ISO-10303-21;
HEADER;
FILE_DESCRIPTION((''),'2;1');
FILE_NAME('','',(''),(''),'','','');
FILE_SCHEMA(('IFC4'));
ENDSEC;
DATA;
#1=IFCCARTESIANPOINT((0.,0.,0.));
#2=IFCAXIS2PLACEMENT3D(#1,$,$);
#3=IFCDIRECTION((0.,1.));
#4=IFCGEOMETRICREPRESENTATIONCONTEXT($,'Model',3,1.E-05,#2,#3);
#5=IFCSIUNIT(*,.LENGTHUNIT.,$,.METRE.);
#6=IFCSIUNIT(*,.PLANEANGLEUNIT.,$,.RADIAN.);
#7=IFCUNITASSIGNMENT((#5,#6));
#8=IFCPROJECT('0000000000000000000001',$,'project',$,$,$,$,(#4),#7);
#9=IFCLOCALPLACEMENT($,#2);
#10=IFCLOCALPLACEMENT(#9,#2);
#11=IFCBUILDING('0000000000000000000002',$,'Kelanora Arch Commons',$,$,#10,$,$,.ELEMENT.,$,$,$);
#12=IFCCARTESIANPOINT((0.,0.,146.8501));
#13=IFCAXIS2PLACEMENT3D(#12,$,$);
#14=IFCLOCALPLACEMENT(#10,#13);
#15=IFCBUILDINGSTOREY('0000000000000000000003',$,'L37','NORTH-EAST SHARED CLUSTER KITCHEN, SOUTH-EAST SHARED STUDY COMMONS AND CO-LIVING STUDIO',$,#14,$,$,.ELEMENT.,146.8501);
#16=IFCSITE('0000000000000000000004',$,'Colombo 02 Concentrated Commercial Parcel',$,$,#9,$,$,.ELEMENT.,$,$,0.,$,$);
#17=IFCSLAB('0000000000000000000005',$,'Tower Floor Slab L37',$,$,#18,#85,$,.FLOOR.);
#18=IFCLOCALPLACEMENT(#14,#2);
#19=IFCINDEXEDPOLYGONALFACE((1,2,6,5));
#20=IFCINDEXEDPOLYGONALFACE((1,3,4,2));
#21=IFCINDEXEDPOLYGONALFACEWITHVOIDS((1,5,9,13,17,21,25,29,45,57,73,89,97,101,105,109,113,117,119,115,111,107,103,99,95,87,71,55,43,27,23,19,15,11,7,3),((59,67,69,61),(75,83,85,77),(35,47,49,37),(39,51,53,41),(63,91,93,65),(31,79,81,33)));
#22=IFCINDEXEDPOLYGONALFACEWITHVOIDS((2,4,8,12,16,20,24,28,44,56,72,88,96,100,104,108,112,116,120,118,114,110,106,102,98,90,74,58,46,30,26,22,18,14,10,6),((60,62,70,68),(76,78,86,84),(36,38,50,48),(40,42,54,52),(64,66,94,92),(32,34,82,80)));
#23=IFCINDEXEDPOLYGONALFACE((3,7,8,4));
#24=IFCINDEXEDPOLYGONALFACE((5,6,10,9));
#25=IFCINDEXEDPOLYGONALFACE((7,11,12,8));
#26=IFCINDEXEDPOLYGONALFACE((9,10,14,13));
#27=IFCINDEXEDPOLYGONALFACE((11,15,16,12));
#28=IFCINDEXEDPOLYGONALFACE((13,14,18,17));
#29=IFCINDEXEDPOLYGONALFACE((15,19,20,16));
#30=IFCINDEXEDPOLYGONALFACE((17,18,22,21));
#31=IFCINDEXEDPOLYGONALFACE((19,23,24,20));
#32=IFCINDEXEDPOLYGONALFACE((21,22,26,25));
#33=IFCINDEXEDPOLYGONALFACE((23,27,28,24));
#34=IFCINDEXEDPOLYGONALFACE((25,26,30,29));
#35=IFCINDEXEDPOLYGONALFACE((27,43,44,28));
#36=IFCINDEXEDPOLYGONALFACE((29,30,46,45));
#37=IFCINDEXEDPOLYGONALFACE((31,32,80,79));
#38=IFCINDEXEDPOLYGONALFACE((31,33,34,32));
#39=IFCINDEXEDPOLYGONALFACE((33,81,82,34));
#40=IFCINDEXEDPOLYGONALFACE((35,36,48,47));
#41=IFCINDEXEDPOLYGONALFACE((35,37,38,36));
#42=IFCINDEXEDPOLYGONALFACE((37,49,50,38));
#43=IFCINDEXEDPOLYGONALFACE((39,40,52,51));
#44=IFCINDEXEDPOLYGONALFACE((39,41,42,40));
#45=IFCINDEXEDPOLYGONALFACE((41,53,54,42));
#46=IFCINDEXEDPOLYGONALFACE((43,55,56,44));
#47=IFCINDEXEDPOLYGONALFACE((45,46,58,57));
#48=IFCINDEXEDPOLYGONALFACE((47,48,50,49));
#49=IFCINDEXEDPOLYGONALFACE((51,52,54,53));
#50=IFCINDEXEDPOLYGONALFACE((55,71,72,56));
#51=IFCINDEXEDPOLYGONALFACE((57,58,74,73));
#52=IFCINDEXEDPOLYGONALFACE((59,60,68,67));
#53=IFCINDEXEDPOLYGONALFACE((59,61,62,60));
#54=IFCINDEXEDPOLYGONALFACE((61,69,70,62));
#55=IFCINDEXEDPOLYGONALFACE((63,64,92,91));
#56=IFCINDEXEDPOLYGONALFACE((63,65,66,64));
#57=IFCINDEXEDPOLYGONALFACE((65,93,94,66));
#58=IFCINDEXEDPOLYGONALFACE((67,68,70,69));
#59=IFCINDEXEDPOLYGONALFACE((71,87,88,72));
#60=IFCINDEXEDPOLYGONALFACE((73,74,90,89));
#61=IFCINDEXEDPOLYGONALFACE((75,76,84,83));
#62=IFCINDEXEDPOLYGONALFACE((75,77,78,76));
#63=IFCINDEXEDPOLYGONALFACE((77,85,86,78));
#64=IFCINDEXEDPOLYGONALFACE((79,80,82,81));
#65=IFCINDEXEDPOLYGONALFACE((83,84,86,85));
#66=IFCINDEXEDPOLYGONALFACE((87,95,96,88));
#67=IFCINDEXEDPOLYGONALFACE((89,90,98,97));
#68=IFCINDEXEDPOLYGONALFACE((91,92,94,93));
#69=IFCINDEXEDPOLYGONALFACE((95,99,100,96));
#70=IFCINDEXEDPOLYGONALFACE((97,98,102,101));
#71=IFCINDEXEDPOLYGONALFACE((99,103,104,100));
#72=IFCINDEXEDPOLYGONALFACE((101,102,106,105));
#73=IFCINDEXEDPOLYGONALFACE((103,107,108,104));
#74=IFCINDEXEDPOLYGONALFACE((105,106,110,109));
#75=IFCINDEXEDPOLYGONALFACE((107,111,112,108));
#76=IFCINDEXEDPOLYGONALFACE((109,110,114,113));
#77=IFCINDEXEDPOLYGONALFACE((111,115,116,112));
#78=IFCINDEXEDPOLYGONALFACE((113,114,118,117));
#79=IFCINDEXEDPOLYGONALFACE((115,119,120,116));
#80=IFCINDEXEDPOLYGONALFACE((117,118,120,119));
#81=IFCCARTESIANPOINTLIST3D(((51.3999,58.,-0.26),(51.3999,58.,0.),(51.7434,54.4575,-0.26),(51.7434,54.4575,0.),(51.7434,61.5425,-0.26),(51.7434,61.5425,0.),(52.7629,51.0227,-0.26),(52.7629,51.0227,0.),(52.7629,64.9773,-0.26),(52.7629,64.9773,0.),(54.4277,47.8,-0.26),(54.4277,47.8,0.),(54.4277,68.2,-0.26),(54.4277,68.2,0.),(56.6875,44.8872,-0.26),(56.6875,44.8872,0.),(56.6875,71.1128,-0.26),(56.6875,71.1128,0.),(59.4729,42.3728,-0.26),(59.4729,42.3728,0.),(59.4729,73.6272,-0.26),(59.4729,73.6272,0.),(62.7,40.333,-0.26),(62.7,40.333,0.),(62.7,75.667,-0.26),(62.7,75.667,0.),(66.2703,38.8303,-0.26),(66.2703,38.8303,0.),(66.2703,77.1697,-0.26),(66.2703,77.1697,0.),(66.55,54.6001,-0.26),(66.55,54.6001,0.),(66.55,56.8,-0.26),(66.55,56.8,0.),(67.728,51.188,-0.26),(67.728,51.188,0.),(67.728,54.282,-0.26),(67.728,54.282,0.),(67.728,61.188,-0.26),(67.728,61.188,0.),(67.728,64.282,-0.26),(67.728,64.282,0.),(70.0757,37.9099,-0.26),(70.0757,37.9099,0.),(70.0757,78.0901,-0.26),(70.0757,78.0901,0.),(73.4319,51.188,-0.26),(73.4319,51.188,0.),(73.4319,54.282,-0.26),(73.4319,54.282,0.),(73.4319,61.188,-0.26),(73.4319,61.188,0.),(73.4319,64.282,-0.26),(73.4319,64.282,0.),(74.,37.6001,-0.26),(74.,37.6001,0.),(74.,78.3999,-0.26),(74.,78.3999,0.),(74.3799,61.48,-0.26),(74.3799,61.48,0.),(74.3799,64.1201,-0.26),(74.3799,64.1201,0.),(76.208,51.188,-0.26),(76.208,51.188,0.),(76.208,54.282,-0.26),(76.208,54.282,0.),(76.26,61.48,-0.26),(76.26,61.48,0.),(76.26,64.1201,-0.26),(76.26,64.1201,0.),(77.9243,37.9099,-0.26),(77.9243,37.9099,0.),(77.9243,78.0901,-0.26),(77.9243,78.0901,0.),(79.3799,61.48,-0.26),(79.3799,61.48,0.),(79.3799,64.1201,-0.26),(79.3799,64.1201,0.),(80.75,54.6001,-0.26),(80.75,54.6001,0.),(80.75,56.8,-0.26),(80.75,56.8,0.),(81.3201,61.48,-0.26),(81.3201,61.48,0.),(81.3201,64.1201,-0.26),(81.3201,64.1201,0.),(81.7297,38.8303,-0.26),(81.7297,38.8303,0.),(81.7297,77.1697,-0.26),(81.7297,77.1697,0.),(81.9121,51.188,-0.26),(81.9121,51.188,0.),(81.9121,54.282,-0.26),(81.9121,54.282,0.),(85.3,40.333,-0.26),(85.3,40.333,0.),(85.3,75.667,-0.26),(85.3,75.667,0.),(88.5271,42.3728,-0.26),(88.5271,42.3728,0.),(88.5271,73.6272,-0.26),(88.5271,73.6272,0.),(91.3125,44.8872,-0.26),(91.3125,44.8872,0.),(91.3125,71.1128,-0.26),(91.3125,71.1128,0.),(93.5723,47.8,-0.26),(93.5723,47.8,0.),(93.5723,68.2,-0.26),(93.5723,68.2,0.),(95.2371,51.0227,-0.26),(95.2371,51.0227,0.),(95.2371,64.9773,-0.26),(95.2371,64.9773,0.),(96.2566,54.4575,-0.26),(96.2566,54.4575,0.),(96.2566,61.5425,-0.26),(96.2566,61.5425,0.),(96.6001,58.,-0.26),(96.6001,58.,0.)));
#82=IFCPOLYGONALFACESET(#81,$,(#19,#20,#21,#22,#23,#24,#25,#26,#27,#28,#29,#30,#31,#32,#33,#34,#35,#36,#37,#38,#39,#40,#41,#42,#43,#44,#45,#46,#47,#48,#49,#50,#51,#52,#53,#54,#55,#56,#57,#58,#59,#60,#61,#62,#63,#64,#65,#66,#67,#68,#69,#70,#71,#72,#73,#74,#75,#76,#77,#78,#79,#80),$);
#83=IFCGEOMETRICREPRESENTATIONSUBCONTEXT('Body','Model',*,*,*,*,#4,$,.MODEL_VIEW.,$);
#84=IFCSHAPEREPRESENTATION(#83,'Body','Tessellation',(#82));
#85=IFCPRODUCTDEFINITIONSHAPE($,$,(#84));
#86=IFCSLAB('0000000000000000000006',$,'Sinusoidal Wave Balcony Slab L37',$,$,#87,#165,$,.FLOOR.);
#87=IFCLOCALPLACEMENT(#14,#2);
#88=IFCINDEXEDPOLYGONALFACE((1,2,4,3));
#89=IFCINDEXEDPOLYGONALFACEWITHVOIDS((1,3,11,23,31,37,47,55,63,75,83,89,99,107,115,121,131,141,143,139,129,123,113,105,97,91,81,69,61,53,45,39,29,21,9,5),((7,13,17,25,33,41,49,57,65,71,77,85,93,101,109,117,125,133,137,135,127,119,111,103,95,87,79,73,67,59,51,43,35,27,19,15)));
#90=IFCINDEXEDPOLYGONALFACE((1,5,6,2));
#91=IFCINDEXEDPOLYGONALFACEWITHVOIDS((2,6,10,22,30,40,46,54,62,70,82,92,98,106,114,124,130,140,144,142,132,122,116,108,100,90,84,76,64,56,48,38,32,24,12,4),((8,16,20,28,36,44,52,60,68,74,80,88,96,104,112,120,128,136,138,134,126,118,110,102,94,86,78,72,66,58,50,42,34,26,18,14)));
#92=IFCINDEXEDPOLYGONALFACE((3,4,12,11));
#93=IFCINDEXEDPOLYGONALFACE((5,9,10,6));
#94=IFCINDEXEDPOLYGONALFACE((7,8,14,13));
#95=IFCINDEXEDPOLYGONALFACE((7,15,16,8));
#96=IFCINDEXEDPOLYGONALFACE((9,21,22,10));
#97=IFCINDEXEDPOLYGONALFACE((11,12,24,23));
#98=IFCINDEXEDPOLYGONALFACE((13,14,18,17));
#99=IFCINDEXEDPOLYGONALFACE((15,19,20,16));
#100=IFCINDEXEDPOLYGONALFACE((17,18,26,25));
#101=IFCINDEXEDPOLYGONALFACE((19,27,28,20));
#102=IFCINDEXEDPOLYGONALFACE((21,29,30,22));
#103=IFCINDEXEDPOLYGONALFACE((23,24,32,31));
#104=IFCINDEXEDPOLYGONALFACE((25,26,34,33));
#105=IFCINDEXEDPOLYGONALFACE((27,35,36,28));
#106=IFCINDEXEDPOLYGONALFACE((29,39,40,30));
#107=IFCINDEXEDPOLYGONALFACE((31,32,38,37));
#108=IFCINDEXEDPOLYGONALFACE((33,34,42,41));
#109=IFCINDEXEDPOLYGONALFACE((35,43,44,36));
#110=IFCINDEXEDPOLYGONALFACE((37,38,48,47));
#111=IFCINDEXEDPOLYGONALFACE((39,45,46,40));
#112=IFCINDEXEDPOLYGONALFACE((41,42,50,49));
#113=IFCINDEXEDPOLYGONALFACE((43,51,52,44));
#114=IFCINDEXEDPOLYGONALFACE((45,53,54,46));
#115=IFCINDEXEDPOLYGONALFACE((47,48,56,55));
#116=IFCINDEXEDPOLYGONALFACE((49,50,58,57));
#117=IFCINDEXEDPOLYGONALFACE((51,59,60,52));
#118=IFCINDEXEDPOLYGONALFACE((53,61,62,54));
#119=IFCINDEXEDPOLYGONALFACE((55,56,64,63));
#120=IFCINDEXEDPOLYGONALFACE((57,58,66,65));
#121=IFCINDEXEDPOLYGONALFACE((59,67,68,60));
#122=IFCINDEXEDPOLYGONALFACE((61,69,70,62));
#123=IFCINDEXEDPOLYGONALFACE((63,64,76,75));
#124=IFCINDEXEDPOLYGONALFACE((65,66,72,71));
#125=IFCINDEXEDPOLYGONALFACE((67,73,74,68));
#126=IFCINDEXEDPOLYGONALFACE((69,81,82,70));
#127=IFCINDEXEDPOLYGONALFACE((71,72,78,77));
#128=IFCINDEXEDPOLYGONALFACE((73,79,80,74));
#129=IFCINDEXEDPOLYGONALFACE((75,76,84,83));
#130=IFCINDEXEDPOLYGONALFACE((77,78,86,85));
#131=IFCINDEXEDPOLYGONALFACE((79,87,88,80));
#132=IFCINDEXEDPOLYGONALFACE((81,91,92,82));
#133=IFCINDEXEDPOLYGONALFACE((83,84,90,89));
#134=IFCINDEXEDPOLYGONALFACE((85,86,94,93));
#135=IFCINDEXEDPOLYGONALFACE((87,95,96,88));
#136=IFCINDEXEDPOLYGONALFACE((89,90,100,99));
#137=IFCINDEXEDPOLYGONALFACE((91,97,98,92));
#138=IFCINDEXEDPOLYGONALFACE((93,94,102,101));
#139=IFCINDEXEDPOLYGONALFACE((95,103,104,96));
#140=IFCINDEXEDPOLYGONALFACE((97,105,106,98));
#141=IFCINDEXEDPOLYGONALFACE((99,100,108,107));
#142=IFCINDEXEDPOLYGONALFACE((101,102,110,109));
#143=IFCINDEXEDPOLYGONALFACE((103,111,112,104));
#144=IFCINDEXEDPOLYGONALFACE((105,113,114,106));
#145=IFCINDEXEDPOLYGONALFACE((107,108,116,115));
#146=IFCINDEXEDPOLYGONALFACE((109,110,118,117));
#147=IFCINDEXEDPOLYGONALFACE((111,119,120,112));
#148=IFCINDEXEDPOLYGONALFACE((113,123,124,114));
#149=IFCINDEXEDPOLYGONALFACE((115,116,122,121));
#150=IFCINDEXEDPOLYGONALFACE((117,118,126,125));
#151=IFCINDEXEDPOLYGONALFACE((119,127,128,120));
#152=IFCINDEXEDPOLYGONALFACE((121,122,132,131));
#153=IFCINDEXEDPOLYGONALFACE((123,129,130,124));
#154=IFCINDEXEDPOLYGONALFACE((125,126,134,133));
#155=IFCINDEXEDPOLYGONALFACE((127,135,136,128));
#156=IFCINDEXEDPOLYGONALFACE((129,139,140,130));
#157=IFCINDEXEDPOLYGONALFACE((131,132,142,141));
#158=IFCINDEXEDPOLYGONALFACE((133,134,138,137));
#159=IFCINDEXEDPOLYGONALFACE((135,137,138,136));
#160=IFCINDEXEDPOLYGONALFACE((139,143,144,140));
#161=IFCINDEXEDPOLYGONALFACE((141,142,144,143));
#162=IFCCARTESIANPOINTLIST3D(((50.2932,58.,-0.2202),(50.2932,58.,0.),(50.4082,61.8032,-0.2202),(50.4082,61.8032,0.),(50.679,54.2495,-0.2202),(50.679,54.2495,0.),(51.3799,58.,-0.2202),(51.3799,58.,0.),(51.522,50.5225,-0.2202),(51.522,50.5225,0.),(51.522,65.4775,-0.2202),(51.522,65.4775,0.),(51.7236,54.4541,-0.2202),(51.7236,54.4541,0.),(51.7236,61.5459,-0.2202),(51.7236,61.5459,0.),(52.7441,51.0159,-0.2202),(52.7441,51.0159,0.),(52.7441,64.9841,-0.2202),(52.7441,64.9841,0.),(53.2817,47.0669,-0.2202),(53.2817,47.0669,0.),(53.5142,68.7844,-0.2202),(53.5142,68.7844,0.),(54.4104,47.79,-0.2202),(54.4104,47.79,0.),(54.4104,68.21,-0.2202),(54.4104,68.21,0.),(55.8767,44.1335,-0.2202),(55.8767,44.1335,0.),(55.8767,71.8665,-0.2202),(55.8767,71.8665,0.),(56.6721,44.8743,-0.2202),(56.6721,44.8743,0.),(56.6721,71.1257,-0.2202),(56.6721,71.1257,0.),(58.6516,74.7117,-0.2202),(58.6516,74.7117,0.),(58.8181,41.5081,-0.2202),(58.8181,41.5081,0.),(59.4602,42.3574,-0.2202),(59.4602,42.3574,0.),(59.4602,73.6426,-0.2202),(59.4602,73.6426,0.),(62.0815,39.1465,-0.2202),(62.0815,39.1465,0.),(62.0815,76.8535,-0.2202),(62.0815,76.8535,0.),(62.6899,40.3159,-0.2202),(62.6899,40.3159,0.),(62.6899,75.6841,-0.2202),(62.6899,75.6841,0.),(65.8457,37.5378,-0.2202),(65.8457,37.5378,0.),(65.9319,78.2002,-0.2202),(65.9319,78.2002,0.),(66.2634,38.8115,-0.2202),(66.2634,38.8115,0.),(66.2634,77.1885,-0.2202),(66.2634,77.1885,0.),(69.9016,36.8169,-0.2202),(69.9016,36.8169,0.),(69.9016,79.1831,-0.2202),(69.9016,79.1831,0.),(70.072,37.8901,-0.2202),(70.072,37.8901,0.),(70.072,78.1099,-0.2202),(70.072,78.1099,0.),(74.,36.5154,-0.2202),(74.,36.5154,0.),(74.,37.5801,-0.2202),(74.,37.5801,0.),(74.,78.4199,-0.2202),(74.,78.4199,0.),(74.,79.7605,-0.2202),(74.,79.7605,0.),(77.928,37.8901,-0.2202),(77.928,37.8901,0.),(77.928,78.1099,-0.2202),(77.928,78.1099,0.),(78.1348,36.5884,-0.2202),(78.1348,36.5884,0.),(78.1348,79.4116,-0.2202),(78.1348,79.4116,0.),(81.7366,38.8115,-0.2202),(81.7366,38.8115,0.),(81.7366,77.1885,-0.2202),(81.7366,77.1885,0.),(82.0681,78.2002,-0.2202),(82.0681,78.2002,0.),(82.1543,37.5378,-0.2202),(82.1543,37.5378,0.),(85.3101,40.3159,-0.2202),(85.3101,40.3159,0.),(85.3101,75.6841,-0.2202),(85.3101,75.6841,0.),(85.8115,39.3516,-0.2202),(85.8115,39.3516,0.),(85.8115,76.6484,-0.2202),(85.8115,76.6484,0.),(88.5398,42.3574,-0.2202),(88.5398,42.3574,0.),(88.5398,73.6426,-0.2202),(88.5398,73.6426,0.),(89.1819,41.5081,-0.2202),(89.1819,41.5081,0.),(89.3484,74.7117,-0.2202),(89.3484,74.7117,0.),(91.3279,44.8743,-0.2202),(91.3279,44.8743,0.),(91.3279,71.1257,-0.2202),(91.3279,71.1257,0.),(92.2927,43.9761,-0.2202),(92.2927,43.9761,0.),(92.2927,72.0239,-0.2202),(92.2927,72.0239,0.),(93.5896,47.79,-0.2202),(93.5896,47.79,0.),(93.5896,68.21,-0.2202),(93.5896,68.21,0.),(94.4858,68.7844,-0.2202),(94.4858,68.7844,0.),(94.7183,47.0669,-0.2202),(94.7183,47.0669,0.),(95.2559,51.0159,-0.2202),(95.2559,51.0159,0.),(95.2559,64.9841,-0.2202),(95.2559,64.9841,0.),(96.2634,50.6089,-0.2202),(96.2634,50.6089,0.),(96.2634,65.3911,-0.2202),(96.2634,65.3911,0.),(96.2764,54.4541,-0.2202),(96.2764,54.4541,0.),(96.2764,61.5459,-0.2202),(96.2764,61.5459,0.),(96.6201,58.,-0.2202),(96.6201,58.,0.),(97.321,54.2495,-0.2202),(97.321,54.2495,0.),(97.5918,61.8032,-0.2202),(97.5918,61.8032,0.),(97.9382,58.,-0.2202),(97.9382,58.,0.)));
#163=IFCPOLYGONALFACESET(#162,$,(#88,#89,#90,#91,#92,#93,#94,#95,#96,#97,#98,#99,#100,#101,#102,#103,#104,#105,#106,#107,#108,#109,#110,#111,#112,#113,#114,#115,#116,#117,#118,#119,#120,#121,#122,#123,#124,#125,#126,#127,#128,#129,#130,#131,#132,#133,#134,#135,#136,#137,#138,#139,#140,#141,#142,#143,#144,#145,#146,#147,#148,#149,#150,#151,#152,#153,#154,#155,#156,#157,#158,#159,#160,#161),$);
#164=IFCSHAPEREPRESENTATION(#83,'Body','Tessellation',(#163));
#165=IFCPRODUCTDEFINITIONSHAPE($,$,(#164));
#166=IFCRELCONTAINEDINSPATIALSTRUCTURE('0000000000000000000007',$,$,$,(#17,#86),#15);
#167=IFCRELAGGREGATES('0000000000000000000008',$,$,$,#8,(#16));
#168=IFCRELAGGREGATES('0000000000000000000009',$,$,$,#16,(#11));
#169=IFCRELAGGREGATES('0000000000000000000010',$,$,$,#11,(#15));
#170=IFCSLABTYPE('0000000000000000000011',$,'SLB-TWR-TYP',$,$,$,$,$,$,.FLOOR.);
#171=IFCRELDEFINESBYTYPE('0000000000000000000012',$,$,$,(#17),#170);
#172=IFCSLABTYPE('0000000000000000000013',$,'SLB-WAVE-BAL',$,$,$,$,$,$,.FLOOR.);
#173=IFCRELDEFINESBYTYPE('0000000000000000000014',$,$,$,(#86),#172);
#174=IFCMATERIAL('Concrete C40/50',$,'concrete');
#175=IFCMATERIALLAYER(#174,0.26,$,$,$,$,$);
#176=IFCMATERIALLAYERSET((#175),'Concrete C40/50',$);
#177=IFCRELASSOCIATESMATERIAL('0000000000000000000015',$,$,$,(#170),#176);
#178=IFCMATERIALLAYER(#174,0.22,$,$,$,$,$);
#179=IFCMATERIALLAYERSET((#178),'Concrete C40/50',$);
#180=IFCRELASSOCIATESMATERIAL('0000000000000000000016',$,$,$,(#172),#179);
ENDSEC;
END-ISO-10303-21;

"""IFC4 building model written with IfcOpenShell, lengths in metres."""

from ifc_helpers import new_model, si_unit, direction, frame, origin, place, context, subcontext, project, spatial, polyline, outline, extrude, material, layer, layer_set, type_object, element, save


model = new_model("IFC4")

# Units and contexts
model_context = context("Model", 3, precision=1e-05, world=origin(), true_north=direction((0.0, 1.0)))
body_context = subcontext(model_context, "Body", "Model", "MODEL_VIEW")
ifc_project = project(units=[si_unit("LENGTHUNIT", "METRE"), si_unit("PLANEANGLEUNIT", "RADIAN")], contexts=[model_context])

# Site, building, storey
site_placement = place(None, origin())
site = spatial("IfcSite", under=ifc_project, at=site_placement, Name="Colombo 02 Concentrated Commercial Parcel", CompositionType="ELEMENT", RefElevation=0.0)
building_placement = place(site_placement, origin())
building = spatial("IfcBuilding", under=site, at=building_placement, Name="Kelanora Arch Commons", CompositionType="ELEMENT")
storey_placement = place(building_placement, frame((0.0, 0.0, 146.8501)))
storey = spatial("IfcBuildingStorey", under=building, at=storey_placement, Name="L37", Description="NORTH-EAST SHARED CLUSTER KITCHEN, SOUTH-EAST SHARED STUDY COMMONS AND CO-LIVING STUDIO", CompositionType="ELEMENT", Elevation=146.8501)

# Shared definitions
ifc_material_1 = material(Name="Concrete C40/50", Category="concrete")

# Slabs
ifc_layer_1 = layer(ifc_material_1, 0.26)
ifc_layer_set_1 = layer_set([ifc_layer_1], Name="Concrete C40/50")
slab_type_1 = type_object("IfcSlabType", Name="SLB-TWR-TYP", PredefinedType="FLOOR", material=ifc_layer_set_1)
slab_1_placement = place(storey_placement, frame((0.0, 0.0, -0.26)))
element("IfcSlab", 1, at=slab_1_placement, inside=storey, type_object=slab_type_1, Name="Tower Floor Slab L37", PredefinedType="FLOOR", context=body_context, shape_type="SweptSolid", body=[
    extrude(outline(polyline([(96.6001, 58.0), (96.2566, 61.5425), (95.2371, 64.9773), (93.5723, 68.2), (91.3125, 71.1128), (88.5271, 73.6272), (85.3, 75.667), (81.7297, 77.1697), (77.9243, 78.0901), (74.0, 78.3999), (70.0757, 78.0901), (66.2703, 77.1697), (62.7, 75.667), (59.4729, 73.6272), (56.6875, 71.1128), (54.4277, 68.2), (52.7629, 64.9773), (51.7434, 61.5425), (51.3999, 58.0), (51.7434, 54.4575), (52.7629, 51.0227), (54.4277, 47.8), (56.6875, 44.8872), (59.4729, 42.3728), (62.7, 40.333), (66.2703, 38.8303), (70.0757, 37.9099), (74.0, 37.6001), (77.9243, 37.9099), (81.7297, 38.8303), (85.3, 40.333), (88.5271, 42.3728), (91.3125, 44.8872), (93.5723, 47.8), (95.2371, 51.0227), (96.2566, 54.4575), (96.6001, 58.0)]), holes=[polyline([(73.4319, 51.188), (67.728, 51.188), (67.728, 54.282), (73.4319, 54.282), (73.4319, 51.188)]), polyline([(76.208, 51.188), (76.208, 54.282), (81.9121, 54.282), (81.9121, 51.188), (76.208, 51.188)]), polyline([(66.55, 54.6001), (66.55, 56.8), (80.75, 56.8), (80.75, 54.6001), (66.55, 54.6001)]), polyline([(73.4319, 61.188), (67.728, 61.188), (67.728, 64.282), (73.4319, 64.282), (73.4319, 61.188)]), polyline([(74.3799, 61.48), (74.3799, 64.1201), (76.26, 64.1201), (76.26, 61.48), (74.3799, 61.48)]), polyline([(79.3799, 61.48), (79.3799, 64.1201), (81.3201, 64.1201), (81.3201, 61.48), (79.3799, 61.48)])]), origin(), (0.0, 0.0, 1.0), 0.26),
])
ifc_layer_2 = layer(ifc_material_1, 0.22)
ifc_layer_set_2 = layer_set([ifc_layer_2], Name="Concrete C40/50")
slab_type_2 = type_object("IfcSlabType", Name="SLB-WAVE-BAL", PredefinedType="FLOOR", material=ifc_layer_set_2)
slab_2_placement = place(storey_placement, frame((0.0, 0.0, -0.2202)))
element("IfcSlab", 2, at=slab_2_placement, inside=storey, type_object=slab_type_2, Name="Sinusoidal Wave Balcony Slab L37", PredefinedType="FLOOR", context=body_context, shape_type="SweptSolid", body=[
    extrude(outline(polyline([(97.9382, 58.0), (97.5918, 61.8032), (96.2634, 65.3911), (94.4858, 68.7844), (92.2927, 72.0239), (89.3484, 74.7117), (85.8115, 76.6484), (82.0681, 78.2002), (78.1348, 79.4116), (74.0, 79.7605), (69.9016, 79.1831), (65.9319, 78.2002), (62.0815, 76.8535), (58.6516, 74.7117), (55.8767, 71.8665), (53.5142, 68.7844), (51.522, 65.4775), (50.4082, 61.8032), (50.2932, 58.0), (50.679, 54.2495), (51.522, 50.5225), (53.2817, 47.0669), (55.8767, 44.1335), (58.8181, 41.5081), (62.0815, 39.1465), (65.8457, 37.5378), (69.9016, 36.8169), (74.0, 36.5154), (78.1348, 36.5884), (82.1543, 37.5378), (85.8115, 39.3516), (89.1819, 41.5081), (92.2927, 43.9761), (94.7183, 47.0669), (96.2634, 50.6089), (97.321, 54.2495), (97.9382, 58.0)]), holes=[polyline([(96.2764, 54.4541), (95.2559, 51.0159), (93.5896, 47.79), (91.3279, 44.8743), (88.5398, 42.3574), (85.3101, 40.3159), (81.7366, 38.8115), (77.928, 37.8901), (74.0, 37.5801), (70.072, 37.8901), (66.2634, 38.8115), (62.6899, 40.3159), (59.4602, 42.3574), (56.6721, 44.8743), (54.4104, 47.79), (52.7441, 51.0159), (51.7236, 54.4541), (51.3799, 58.0), (51.7236, 61.5459), (52.7441, 64.9841), (54.4104, 68.21), (56.6721, 71.1257), (59.4602, 73.6426), (62.6899, 75.6841), (66.2634, 77.1885), (70.072, 78.1099), (74.0, 78.4199), (77.928, 78.1099), (81.7366, 77.1885), (85.3101, 75.6841), (88.5398, 73.6426), (91.3279, 71.1257), (93.5896, 68.21), (95.2559, 64.9841), (96.2764, 61.5459), (96.6201, 58.0), (96.2764, 54.4541)])]), origin(), (0.0, 0.0, 1.0), 0.2202),
])

save(model, "model.ifc")
